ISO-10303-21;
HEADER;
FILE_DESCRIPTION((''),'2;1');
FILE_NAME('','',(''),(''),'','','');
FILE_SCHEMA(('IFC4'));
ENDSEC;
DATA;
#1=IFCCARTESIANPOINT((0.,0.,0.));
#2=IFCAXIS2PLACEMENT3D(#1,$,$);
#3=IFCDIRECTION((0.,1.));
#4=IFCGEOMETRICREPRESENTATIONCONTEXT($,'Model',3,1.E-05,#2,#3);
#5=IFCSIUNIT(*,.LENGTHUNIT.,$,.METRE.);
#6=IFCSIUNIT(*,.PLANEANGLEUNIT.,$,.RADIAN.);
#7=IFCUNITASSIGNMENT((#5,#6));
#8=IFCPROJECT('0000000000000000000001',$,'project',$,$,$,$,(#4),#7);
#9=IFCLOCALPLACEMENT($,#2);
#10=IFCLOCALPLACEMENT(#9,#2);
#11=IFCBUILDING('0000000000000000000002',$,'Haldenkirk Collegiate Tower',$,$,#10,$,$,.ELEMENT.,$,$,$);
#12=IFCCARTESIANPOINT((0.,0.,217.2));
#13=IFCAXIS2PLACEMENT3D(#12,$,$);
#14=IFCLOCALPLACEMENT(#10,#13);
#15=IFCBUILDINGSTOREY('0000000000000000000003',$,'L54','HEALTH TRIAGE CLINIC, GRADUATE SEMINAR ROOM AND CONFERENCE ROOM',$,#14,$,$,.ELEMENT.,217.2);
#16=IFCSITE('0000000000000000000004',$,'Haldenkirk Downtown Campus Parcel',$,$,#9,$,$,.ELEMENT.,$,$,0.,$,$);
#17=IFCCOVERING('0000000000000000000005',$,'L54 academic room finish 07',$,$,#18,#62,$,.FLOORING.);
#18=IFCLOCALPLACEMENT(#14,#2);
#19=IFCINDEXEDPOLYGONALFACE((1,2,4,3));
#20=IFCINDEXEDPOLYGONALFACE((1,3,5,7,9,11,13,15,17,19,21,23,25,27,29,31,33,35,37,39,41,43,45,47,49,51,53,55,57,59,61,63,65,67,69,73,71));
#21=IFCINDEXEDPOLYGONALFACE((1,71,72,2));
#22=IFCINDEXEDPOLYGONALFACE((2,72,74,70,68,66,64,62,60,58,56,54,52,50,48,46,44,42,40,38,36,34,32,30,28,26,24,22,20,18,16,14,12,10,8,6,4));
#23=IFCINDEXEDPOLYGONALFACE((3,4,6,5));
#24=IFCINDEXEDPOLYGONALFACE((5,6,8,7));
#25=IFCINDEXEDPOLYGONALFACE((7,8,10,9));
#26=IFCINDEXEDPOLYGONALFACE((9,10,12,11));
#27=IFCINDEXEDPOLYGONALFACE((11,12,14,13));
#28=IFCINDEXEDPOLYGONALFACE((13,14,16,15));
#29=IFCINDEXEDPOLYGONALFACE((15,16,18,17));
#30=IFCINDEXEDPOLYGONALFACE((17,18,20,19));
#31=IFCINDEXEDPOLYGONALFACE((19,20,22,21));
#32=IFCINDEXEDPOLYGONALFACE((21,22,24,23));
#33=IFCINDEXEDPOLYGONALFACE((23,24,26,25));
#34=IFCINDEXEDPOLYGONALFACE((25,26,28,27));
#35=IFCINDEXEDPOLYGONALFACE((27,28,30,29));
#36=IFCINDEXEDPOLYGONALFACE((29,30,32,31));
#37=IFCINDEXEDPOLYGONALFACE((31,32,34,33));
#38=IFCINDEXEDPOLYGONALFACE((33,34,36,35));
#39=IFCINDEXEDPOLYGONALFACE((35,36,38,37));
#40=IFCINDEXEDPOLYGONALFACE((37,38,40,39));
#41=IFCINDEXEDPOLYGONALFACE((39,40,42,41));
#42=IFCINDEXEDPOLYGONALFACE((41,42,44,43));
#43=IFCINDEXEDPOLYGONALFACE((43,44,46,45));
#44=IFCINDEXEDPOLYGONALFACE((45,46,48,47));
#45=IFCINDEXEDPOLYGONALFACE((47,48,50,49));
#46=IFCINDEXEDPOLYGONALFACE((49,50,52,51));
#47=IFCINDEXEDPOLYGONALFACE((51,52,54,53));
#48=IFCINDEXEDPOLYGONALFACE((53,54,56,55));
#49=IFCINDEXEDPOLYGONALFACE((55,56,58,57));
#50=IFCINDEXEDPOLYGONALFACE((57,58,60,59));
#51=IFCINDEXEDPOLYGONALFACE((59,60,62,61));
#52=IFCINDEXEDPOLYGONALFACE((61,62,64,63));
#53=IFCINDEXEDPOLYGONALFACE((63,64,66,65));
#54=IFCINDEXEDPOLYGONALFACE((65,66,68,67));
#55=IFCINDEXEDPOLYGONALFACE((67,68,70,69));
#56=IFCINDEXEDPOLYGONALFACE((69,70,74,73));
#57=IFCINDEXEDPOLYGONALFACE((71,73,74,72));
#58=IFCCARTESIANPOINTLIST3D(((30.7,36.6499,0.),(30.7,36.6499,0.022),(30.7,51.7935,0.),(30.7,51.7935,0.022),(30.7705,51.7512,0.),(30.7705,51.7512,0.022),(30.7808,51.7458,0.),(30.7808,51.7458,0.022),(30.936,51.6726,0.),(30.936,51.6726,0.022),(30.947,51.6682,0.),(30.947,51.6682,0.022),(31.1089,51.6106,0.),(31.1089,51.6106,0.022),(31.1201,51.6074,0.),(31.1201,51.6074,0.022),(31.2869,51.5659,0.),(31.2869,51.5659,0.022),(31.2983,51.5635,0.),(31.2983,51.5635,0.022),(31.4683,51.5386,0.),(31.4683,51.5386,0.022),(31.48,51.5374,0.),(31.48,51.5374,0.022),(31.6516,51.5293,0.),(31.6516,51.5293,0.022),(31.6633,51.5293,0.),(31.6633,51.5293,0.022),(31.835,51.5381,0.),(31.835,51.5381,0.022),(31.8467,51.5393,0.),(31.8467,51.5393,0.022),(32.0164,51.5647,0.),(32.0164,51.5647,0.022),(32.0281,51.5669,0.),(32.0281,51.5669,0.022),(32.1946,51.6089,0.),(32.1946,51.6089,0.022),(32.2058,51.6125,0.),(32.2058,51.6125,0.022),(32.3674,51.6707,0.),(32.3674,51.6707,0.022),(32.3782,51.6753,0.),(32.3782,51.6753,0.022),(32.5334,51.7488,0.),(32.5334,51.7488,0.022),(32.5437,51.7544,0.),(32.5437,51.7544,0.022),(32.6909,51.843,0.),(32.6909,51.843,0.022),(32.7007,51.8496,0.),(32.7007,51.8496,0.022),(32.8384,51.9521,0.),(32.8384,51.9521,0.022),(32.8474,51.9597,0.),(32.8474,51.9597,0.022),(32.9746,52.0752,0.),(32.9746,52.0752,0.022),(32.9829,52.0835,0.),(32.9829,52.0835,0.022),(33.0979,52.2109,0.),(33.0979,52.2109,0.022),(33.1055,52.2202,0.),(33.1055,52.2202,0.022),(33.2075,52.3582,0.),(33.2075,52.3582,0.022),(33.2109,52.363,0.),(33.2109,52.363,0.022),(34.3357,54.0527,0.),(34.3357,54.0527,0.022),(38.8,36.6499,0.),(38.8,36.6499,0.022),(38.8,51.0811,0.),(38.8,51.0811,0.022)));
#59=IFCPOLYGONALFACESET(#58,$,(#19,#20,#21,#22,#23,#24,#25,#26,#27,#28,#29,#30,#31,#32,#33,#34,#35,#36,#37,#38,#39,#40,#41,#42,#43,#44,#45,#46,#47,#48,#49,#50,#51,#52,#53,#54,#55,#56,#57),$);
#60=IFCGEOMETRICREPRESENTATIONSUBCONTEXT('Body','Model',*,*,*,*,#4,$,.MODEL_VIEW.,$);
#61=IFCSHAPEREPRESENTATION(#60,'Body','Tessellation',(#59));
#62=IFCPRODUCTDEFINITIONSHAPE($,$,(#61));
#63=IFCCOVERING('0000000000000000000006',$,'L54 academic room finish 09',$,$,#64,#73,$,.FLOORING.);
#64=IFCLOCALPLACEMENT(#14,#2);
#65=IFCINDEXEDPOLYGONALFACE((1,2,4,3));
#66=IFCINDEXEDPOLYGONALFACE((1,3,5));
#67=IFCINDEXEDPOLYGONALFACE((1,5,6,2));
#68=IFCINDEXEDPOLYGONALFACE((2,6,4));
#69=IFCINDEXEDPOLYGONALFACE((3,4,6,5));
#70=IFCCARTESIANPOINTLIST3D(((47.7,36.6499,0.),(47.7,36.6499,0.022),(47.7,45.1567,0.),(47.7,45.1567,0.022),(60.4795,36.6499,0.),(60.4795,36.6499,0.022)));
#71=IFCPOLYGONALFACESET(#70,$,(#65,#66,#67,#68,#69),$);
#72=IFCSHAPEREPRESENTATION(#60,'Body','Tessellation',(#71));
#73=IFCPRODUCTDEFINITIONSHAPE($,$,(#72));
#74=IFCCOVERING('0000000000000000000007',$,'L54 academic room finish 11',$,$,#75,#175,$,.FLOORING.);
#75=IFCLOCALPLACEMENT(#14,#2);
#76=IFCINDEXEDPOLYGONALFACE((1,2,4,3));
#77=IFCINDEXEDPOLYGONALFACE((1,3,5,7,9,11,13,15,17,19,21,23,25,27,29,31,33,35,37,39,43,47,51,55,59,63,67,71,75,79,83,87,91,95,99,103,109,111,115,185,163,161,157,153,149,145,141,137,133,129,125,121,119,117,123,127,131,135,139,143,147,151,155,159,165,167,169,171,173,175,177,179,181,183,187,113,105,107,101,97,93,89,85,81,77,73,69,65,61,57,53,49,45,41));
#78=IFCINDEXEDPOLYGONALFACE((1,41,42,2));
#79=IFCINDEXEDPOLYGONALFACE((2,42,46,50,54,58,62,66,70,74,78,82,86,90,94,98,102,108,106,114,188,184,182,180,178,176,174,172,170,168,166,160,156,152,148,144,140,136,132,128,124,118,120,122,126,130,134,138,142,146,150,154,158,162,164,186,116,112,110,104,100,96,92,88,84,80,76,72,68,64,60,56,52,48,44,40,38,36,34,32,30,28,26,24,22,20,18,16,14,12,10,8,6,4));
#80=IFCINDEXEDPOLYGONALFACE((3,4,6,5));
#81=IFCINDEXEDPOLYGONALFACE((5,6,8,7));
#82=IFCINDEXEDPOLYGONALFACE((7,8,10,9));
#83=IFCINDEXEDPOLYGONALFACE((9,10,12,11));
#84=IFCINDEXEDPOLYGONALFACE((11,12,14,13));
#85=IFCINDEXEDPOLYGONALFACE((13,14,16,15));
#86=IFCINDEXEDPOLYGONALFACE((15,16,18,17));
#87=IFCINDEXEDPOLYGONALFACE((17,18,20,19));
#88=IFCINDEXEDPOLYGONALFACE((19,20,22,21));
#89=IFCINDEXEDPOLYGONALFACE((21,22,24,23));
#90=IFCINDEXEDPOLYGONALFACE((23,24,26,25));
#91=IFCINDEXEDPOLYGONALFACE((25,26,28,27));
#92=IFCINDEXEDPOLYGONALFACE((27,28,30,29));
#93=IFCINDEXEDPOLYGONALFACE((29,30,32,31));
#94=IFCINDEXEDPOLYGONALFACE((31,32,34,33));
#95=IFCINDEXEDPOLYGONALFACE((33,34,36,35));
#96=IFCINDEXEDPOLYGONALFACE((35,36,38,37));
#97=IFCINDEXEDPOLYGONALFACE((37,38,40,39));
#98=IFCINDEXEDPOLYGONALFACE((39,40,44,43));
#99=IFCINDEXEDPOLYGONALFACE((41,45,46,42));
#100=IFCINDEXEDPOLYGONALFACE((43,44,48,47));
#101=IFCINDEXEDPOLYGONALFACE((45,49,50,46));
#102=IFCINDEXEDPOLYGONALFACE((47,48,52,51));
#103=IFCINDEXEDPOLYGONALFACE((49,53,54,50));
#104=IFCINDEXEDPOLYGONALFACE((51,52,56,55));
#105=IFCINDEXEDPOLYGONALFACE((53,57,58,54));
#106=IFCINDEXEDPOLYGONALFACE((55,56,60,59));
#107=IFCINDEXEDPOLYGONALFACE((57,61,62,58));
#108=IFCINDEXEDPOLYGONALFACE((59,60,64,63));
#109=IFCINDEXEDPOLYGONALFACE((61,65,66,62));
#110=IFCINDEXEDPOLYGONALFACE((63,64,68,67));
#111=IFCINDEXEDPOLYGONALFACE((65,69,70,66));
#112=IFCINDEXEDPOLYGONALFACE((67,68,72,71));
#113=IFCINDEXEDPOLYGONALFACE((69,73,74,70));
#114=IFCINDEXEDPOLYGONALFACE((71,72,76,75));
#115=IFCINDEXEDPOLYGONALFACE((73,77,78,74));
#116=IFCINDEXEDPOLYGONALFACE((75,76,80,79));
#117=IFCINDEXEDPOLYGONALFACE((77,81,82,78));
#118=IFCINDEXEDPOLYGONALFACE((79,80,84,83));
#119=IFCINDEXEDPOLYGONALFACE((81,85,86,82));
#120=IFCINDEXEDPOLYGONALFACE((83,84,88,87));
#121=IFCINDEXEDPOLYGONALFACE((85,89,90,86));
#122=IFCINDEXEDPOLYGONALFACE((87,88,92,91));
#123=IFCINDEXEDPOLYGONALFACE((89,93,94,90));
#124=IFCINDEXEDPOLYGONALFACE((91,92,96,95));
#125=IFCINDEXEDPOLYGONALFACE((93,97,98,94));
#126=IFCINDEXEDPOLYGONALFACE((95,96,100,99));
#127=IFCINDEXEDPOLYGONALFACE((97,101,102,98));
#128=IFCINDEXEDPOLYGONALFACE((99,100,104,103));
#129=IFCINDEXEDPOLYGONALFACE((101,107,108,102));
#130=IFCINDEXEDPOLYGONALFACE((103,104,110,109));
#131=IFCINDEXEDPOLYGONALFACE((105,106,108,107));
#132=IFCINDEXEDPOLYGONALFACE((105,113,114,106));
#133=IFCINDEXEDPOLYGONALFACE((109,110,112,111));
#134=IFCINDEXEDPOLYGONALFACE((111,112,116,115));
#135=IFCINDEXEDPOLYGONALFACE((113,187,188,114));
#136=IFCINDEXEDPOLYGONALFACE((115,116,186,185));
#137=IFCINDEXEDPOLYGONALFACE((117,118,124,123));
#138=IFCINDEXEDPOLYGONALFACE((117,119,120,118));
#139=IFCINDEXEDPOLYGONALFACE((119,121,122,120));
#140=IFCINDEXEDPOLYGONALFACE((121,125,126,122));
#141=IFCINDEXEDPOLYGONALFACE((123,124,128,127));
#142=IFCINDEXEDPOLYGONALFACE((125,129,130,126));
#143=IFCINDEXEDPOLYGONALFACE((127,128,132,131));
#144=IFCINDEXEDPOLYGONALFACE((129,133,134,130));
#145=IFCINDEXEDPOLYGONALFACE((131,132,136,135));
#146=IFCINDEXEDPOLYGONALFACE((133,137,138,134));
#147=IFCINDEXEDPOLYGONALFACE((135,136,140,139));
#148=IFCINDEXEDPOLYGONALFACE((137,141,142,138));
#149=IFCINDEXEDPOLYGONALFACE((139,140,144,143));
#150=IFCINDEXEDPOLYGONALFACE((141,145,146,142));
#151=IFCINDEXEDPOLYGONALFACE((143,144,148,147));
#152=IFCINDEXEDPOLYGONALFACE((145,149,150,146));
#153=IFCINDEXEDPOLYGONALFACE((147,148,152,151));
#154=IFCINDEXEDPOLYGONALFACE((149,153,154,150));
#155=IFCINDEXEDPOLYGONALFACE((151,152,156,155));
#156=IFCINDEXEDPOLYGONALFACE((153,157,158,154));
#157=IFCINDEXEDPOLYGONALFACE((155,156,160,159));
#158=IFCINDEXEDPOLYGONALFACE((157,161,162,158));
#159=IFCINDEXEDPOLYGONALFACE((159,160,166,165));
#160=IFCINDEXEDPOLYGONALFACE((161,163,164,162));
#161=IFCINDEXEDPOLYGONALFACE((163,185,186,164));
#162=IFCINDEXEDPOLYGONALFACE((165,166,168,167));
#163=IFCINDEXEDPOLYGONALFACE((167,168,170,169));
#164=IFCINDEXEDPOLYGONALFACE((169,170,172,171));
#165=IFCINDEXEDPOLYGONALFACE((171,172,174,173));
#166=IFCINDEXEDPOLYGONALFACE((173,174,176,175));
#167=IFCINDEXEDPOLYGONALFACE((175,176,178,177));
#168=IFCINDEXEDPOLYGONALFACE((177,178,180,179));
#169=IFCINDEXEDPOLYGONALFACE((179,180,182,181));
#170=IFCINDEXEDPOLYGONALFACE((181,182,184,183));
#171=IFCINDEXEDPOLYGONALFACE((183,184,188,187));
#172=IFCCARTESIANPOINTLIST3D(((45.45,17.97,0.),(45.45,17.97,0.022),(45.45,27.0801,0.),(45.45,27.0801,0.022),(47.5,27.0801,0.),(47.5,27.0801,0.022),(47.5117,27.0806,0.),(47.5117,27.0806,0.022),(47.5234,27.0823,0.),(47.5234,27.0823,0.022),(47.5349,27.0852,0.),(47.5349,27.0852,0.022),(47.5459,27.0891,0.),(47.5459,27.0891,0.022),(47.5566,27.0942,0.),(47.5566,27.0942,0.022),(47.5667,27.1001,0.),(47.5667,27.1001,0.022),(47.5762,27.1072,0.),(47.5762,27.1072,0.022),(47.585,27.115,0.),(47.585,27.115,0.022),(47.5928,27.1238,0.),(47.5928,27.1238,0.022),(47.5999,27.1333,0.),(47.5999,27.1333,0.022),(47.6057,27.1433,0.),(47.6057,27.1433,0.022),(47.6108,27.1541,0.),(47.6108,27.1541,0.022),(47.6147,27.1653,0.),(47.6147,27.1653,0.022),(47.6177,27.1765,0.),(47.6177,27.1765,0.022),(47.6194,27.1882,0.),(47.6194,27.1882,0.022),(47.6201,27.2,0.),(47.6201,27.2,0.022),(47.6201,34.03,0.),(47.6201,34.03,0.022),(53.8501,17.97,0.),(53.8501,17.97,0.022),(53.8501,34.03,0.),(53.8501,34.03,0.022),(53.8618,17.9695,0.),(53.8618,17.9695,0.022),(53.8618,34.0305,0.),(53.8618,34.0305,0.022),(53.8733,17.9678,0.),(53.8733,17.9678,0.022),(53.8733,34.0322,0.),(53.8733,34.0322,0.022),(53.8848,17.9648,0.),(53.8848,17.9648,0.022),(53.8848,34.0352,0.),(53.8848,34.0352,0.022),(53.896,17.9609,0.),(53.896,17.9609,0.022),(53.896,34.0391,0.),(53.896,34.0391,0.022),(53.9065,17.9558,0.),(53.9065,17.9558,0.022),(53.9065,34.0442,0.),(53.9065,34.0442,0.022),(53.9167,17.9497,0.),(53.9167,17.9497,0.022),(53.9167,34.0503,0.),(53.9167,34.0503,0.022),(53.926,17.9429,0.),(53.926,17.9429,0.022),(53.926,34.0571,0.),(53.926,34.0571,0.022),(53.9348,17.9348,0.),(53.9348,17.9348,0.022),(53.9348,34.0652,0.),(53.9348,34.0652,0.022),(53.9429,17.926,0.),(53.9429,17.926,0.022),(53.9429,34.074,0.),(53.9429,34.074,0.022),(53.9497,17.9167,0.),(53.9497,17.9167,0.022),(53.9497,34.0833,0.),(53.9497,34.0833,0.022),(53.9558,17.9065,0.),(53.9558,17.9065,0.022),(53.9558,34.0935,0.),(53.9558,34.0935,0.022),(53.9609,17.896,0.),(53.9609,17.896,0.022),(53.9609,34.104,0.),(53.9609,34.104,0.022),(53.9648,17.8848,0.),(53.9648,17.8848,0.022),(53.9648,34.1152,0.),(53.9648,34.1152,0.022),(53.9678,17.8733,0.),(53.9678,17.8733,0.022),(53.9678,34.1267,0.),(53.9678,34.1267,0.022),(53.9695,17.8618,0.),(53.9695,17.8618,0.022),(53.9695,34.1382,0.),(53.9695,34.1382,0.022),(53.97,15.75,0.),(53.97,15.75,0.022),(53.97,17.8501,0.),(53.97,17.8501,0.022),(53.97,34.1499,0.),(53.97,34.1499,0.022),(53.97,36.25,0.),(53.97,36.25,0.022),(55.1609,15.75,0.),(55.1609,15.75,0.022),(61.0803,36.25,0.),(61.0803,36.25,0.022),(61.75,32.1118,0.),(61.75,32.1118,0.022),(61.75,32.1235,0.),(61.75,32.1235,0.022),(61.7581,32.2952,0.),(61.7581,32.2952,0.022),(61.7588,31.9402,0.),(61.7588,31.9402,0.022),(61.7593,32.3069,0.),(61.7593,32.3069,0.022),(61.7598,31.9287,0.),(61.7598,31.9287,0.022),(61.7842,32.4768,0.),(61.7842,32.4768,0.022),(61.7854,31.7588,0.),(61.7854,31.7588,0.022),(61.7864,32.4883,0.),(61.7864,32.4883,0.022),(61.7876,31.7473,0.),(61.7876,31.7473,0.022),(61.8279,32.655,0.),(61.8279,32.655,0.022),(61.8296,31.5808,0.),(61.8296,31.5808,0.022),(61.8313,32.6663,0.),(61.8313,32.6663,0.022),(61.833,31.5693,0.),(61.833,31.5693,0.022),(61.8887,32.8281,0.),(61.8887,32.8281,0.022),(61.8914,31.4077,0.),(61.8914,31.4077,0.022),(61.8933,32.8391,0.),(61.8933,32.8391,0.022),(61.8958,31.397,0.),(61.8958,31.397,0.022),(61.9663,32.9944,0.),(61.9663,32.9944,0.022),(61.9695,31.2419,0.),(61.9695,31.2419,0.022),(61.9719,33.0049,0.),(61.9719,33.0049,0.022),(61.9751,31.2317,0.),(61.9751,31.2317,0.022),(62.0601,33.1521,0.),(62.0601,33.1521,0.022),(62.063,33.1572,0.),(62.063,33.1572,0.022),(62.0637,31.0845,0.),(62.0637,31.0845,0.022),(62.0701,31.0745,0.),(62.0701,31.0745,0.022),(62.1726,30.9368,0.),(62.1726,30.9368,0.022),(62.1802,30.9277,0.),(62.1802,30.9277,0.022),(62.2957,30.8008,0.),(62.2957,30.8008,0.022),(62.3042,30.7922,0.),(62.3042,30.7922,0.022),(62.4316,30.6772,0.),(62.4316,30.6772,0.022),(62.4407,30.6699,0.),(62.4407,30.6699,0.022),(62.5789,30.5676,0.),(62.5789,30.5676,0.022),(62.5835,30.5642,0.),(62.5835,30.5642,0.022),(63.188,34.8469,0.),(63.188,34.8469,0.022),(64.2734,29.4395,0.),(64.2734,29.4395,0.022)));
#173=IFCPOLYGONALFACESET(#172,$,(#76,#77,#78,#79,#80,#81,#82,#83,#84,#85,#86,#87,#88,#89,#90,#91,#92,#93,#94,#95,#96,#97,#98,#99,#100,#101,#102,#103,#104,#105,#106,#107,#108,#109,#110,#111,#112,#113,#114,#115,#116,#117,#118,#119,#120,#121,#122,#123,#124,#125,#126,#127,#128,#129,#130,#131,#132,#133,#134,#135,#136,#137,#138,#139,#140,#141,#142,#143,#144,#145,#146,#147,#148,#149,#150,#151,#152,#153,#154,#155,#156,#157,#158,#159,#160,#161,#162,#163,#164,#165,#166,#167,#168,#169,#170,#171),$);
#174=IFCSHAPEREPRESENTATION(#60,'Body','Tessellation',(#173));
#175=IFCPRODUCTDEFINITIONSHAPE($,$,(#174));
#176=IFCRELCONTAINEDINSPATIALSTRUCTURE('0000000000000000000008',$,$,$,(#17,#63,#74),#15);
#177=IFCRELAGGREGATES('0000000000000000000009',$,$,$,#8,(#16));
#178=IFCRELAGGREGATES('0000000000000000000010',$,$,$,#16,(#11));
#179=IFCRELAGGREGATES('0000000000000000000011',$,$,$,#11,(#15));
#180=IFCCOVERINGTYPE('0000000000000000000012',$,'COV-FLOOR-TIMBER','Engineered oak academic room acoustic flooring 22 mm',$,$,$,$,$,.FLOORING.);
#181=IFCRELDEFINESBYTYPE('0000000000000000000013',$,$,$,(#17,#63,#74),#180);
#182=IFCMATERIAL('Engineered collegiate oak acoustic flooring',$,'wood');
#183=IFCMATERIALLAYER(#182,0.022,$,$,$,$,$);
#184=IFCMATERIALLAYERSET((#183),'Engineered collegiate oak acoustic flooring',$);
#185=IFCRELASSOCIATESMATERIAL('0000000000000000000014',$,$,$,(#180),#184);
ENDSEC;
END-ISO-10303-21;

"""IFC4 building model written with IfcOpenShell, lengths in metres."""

from ifc_helpers import new_model, si_unit, direction, frame, origin, place, context, subcontext, project, spatial, polyline, outline, extrude, material, layer, layer_set, type_object, element, save


model = new_model("IFC4")

# Units and contexts
model_context = context("Model", 3, precision=1e-05, world=origin(), true_north=direction((0.0, 1.0)))
body_context = subcontext(model_context, "Body", "Model", "MODEL_VIEW")
ifc_project = project(units=[si_unit("LENGTHUNIT", "METRE"), si_unit("PLANEANGLEUNIT", "RADIAN")], contexts=[model_context])

# Site, building, storey
site_placement = place(None, origin())
site = spatial("IfcSite", under=ifc_project, at=site_placement, Name="Haldenkirk Downtown Campus Parcel", CompositionType="ELEMENT", RefElevation=0.0)
building_placement = place(site_placement, origin())
building = spatial("IfcBuilding", under=site, at=building_placement, Name="Haldenkirk Collegiate Tower", CompositionType="ELEMENT")
storey_placement = place(building_placement, frame((0.0, 0.0, 217.2)))
storey = spatial("IfcBuildingStorey", under=building, at=storey_placement, Name="L54", Description="HEALTH TRIAGE CLINIC, GRADUATE SEMINAR ROOM AND CONFERENCE ROOM", CompositionType="ELEMENT", Elevation=217.2)

# Coverings
ifc_material_1 = material(Name="Engineered collegiate oak acoustic flooring", Category="wood")
ifc_layer_1 = layer(ifc_material_1, 0.022)
ifc_layer_set_1 = layer_set([ifc_layer_1], Name="Engineered collegiate oak acoustic flooring")
covering_type_1 = type_object("IfcCoveringType", Name="COV-FLOOR-TIMBER", Description="Engineered oak academic room acoustic flooring 22 mm", PredefinedType="FLOORING", material=ifc_layer_set_1)
covering_1_placement = place(storey_placement, origin())
element("IfcCovering", 1, at=covering_1_placement, inside=storey, type_object=covering_type_1, Name="L54 academic room finish 07", PredefinedType="FLOORING", context=body_context, shape_type="SweptSolid", body=[
    extrude(outline(polyline([(30.7, 51.7935), (30.7705, 51.7512), (30.7808, 51.7458), (30.936, 51.6726), (30.947, 51.6682), (31.1089, 51.6106), (31.1201, 51.6074), (31.2869, 51.5659), (31.2983, 51.5635), (31.4683, 51.5386), (31.48, 51.5374), (31.6516, 51.5293), (31.6633, 51.5293), (31.835, 51.5381), (31.8467, 51.5393), (32.0164, 51.5647), (32.0281, 51.5669), (32.1946, 51.6089), (32.2058, 51.6125), (32.3674, 51.6707), (32.3782, 51.6753), (32.5334, 51.7488), (32.5437, 51.7544), (32.6909, 51.843), (32.7007, 51.8496), (32.8384, 51.9521), (32.8474, 51.9597), (32.9746, 52.0752), (32.9829, 52.0835), (33.0979, 52.2109), (33.1055, 52.2202), (33.2075, 52.3582), (33.2109, 52.363), (34.3357, 54.0527), (38.8, 51.0811), (38.8, 36.6499), (30.7, 36.6499), (30.7, 51.7935)])), origin(), (0.0, 0.0, 1.0), 0.022),
])
covering_2_placement = place(storey_placement, origin())
element("IfcCovering", 2, at=covering_2_placement, inside=storey, type_object=covering_type_1, Name="L54 academic room finish 09", PredefinedType="FLOORING", context=body_context, shape_type="SweptSolid", body=[
    extrude(outline(polyline([(60.4795, 36.6499), (47.7, 36.6499), (47.7, 45.1567), (60.4795, 36.6499)])), origin(), (0.0, 0.0, 1.0), 0.022),
])
covering_3_placement = place(storey_placement, origin())
element("IfcCovering", 3, at=covering_3_placement, inside=storey, type_object=covering_type_1, Name="L54 academic room finish 11", PredefinedType="FLOORING", context=body_context, shape_type="SweptSolid", body=[
    extrude(outline(polyline([(62.063, 33.1572), (62.0601, 33.1521), (61.9719, 33.0049), (61.9663, 32.9944), (61.8933, 32.8391), (61.8887, 32.8281), (61.8313, 32.6663), (61.8279, 32.655), (61.7864, 32.4883), (61.7842, 32.4768), (61.7593, 32.3069), (61.7581, 32.2952), (61.75, 32.1235), (61.75, 32.1118), (61.7588, 31.9402), (61.7598, 31.9287), (61.7854, 31.7588), (61.7876, 31.7473), (61.8296, 31.5808), (61.833, 31.5693), (61.8914, 31.4077), (61.8958, 31.397), (61.9695, 31.2419), (61.9751, 31.2317), (62.0637, 31.0845), (62.0701, 31.0745), (62.1726, 30.9368), (62.1802, 30.9277), (62.2957, 30.8008), (62.3042, 30.7922), (62.4316, 30.6772), (62.4407, 30.6699), (62.5789, 30.5676), (62.5835, 30.5642), (64.2734, 29.4395), (55.1609, 15.75), (53.97, 15.75), (53.97, 17.8501), (53.9695, 17.8618), (53.9678, 17.8733), (53.9648, 17.8848), (53.9609, 17.896), (53.9558, 17.9065), (53.9497, 17.9167), (53.9429, 17.926), (53.9348, 17.9348), (53.926, 17.9429), (53.9167, 17.9497), (53.9065, 17.9558), (53.896, 17.9609), (53.8848, 17.9648), (53.8733, 17.9678), (53.8618, 17.9695), (53.8501, 17.97), (45.45, 17.97), (45.45, 27.0801), (47.5, 27.0801), (47.5117, 27.0806), (47.5234, 27.0823), (47.5349, 27.0852), (47.5459, 27.0891), (47.5566, 27.0942), (47.5667, 27.1001), (47.5762, 27.1072), (47.585, 27.115), (47.5928, 27.1238), (47.5999, 27.1333), (47.6057, 27.1433), (47.6108, 27.1541), (47.6147, 27.1653), (47.6177, 27.1765), (47.6194, 27.1882), (47.6201, 27.2), (47.6201, 34.03), (53.8501, 34.03), (53.8618, 34.0305), (53.8733, 34.0322), (53.8848, 34.0352), (53.896, 34.0391), (53.9065, 34.0442), (53.9167, 34.0503), (53.926, 34.0571), (53.9348, 34.0652), (53.9429, 34.074), (53.9497, 34.0833), (53.9558, 34.0935), (53.9609, 34.104), (53.9648, 34.1152), (53.9678, 34.1267), (53.9695, 34.1382), (53.97, 34.1499), (53.97, 36.25), (61.0803, 36.25), (63.188, 34.8469), (62.063, 33.1572)])), origin(), (0.0, 0.0, 1.0), 0.022),
])

save(model, "model.ifc")
